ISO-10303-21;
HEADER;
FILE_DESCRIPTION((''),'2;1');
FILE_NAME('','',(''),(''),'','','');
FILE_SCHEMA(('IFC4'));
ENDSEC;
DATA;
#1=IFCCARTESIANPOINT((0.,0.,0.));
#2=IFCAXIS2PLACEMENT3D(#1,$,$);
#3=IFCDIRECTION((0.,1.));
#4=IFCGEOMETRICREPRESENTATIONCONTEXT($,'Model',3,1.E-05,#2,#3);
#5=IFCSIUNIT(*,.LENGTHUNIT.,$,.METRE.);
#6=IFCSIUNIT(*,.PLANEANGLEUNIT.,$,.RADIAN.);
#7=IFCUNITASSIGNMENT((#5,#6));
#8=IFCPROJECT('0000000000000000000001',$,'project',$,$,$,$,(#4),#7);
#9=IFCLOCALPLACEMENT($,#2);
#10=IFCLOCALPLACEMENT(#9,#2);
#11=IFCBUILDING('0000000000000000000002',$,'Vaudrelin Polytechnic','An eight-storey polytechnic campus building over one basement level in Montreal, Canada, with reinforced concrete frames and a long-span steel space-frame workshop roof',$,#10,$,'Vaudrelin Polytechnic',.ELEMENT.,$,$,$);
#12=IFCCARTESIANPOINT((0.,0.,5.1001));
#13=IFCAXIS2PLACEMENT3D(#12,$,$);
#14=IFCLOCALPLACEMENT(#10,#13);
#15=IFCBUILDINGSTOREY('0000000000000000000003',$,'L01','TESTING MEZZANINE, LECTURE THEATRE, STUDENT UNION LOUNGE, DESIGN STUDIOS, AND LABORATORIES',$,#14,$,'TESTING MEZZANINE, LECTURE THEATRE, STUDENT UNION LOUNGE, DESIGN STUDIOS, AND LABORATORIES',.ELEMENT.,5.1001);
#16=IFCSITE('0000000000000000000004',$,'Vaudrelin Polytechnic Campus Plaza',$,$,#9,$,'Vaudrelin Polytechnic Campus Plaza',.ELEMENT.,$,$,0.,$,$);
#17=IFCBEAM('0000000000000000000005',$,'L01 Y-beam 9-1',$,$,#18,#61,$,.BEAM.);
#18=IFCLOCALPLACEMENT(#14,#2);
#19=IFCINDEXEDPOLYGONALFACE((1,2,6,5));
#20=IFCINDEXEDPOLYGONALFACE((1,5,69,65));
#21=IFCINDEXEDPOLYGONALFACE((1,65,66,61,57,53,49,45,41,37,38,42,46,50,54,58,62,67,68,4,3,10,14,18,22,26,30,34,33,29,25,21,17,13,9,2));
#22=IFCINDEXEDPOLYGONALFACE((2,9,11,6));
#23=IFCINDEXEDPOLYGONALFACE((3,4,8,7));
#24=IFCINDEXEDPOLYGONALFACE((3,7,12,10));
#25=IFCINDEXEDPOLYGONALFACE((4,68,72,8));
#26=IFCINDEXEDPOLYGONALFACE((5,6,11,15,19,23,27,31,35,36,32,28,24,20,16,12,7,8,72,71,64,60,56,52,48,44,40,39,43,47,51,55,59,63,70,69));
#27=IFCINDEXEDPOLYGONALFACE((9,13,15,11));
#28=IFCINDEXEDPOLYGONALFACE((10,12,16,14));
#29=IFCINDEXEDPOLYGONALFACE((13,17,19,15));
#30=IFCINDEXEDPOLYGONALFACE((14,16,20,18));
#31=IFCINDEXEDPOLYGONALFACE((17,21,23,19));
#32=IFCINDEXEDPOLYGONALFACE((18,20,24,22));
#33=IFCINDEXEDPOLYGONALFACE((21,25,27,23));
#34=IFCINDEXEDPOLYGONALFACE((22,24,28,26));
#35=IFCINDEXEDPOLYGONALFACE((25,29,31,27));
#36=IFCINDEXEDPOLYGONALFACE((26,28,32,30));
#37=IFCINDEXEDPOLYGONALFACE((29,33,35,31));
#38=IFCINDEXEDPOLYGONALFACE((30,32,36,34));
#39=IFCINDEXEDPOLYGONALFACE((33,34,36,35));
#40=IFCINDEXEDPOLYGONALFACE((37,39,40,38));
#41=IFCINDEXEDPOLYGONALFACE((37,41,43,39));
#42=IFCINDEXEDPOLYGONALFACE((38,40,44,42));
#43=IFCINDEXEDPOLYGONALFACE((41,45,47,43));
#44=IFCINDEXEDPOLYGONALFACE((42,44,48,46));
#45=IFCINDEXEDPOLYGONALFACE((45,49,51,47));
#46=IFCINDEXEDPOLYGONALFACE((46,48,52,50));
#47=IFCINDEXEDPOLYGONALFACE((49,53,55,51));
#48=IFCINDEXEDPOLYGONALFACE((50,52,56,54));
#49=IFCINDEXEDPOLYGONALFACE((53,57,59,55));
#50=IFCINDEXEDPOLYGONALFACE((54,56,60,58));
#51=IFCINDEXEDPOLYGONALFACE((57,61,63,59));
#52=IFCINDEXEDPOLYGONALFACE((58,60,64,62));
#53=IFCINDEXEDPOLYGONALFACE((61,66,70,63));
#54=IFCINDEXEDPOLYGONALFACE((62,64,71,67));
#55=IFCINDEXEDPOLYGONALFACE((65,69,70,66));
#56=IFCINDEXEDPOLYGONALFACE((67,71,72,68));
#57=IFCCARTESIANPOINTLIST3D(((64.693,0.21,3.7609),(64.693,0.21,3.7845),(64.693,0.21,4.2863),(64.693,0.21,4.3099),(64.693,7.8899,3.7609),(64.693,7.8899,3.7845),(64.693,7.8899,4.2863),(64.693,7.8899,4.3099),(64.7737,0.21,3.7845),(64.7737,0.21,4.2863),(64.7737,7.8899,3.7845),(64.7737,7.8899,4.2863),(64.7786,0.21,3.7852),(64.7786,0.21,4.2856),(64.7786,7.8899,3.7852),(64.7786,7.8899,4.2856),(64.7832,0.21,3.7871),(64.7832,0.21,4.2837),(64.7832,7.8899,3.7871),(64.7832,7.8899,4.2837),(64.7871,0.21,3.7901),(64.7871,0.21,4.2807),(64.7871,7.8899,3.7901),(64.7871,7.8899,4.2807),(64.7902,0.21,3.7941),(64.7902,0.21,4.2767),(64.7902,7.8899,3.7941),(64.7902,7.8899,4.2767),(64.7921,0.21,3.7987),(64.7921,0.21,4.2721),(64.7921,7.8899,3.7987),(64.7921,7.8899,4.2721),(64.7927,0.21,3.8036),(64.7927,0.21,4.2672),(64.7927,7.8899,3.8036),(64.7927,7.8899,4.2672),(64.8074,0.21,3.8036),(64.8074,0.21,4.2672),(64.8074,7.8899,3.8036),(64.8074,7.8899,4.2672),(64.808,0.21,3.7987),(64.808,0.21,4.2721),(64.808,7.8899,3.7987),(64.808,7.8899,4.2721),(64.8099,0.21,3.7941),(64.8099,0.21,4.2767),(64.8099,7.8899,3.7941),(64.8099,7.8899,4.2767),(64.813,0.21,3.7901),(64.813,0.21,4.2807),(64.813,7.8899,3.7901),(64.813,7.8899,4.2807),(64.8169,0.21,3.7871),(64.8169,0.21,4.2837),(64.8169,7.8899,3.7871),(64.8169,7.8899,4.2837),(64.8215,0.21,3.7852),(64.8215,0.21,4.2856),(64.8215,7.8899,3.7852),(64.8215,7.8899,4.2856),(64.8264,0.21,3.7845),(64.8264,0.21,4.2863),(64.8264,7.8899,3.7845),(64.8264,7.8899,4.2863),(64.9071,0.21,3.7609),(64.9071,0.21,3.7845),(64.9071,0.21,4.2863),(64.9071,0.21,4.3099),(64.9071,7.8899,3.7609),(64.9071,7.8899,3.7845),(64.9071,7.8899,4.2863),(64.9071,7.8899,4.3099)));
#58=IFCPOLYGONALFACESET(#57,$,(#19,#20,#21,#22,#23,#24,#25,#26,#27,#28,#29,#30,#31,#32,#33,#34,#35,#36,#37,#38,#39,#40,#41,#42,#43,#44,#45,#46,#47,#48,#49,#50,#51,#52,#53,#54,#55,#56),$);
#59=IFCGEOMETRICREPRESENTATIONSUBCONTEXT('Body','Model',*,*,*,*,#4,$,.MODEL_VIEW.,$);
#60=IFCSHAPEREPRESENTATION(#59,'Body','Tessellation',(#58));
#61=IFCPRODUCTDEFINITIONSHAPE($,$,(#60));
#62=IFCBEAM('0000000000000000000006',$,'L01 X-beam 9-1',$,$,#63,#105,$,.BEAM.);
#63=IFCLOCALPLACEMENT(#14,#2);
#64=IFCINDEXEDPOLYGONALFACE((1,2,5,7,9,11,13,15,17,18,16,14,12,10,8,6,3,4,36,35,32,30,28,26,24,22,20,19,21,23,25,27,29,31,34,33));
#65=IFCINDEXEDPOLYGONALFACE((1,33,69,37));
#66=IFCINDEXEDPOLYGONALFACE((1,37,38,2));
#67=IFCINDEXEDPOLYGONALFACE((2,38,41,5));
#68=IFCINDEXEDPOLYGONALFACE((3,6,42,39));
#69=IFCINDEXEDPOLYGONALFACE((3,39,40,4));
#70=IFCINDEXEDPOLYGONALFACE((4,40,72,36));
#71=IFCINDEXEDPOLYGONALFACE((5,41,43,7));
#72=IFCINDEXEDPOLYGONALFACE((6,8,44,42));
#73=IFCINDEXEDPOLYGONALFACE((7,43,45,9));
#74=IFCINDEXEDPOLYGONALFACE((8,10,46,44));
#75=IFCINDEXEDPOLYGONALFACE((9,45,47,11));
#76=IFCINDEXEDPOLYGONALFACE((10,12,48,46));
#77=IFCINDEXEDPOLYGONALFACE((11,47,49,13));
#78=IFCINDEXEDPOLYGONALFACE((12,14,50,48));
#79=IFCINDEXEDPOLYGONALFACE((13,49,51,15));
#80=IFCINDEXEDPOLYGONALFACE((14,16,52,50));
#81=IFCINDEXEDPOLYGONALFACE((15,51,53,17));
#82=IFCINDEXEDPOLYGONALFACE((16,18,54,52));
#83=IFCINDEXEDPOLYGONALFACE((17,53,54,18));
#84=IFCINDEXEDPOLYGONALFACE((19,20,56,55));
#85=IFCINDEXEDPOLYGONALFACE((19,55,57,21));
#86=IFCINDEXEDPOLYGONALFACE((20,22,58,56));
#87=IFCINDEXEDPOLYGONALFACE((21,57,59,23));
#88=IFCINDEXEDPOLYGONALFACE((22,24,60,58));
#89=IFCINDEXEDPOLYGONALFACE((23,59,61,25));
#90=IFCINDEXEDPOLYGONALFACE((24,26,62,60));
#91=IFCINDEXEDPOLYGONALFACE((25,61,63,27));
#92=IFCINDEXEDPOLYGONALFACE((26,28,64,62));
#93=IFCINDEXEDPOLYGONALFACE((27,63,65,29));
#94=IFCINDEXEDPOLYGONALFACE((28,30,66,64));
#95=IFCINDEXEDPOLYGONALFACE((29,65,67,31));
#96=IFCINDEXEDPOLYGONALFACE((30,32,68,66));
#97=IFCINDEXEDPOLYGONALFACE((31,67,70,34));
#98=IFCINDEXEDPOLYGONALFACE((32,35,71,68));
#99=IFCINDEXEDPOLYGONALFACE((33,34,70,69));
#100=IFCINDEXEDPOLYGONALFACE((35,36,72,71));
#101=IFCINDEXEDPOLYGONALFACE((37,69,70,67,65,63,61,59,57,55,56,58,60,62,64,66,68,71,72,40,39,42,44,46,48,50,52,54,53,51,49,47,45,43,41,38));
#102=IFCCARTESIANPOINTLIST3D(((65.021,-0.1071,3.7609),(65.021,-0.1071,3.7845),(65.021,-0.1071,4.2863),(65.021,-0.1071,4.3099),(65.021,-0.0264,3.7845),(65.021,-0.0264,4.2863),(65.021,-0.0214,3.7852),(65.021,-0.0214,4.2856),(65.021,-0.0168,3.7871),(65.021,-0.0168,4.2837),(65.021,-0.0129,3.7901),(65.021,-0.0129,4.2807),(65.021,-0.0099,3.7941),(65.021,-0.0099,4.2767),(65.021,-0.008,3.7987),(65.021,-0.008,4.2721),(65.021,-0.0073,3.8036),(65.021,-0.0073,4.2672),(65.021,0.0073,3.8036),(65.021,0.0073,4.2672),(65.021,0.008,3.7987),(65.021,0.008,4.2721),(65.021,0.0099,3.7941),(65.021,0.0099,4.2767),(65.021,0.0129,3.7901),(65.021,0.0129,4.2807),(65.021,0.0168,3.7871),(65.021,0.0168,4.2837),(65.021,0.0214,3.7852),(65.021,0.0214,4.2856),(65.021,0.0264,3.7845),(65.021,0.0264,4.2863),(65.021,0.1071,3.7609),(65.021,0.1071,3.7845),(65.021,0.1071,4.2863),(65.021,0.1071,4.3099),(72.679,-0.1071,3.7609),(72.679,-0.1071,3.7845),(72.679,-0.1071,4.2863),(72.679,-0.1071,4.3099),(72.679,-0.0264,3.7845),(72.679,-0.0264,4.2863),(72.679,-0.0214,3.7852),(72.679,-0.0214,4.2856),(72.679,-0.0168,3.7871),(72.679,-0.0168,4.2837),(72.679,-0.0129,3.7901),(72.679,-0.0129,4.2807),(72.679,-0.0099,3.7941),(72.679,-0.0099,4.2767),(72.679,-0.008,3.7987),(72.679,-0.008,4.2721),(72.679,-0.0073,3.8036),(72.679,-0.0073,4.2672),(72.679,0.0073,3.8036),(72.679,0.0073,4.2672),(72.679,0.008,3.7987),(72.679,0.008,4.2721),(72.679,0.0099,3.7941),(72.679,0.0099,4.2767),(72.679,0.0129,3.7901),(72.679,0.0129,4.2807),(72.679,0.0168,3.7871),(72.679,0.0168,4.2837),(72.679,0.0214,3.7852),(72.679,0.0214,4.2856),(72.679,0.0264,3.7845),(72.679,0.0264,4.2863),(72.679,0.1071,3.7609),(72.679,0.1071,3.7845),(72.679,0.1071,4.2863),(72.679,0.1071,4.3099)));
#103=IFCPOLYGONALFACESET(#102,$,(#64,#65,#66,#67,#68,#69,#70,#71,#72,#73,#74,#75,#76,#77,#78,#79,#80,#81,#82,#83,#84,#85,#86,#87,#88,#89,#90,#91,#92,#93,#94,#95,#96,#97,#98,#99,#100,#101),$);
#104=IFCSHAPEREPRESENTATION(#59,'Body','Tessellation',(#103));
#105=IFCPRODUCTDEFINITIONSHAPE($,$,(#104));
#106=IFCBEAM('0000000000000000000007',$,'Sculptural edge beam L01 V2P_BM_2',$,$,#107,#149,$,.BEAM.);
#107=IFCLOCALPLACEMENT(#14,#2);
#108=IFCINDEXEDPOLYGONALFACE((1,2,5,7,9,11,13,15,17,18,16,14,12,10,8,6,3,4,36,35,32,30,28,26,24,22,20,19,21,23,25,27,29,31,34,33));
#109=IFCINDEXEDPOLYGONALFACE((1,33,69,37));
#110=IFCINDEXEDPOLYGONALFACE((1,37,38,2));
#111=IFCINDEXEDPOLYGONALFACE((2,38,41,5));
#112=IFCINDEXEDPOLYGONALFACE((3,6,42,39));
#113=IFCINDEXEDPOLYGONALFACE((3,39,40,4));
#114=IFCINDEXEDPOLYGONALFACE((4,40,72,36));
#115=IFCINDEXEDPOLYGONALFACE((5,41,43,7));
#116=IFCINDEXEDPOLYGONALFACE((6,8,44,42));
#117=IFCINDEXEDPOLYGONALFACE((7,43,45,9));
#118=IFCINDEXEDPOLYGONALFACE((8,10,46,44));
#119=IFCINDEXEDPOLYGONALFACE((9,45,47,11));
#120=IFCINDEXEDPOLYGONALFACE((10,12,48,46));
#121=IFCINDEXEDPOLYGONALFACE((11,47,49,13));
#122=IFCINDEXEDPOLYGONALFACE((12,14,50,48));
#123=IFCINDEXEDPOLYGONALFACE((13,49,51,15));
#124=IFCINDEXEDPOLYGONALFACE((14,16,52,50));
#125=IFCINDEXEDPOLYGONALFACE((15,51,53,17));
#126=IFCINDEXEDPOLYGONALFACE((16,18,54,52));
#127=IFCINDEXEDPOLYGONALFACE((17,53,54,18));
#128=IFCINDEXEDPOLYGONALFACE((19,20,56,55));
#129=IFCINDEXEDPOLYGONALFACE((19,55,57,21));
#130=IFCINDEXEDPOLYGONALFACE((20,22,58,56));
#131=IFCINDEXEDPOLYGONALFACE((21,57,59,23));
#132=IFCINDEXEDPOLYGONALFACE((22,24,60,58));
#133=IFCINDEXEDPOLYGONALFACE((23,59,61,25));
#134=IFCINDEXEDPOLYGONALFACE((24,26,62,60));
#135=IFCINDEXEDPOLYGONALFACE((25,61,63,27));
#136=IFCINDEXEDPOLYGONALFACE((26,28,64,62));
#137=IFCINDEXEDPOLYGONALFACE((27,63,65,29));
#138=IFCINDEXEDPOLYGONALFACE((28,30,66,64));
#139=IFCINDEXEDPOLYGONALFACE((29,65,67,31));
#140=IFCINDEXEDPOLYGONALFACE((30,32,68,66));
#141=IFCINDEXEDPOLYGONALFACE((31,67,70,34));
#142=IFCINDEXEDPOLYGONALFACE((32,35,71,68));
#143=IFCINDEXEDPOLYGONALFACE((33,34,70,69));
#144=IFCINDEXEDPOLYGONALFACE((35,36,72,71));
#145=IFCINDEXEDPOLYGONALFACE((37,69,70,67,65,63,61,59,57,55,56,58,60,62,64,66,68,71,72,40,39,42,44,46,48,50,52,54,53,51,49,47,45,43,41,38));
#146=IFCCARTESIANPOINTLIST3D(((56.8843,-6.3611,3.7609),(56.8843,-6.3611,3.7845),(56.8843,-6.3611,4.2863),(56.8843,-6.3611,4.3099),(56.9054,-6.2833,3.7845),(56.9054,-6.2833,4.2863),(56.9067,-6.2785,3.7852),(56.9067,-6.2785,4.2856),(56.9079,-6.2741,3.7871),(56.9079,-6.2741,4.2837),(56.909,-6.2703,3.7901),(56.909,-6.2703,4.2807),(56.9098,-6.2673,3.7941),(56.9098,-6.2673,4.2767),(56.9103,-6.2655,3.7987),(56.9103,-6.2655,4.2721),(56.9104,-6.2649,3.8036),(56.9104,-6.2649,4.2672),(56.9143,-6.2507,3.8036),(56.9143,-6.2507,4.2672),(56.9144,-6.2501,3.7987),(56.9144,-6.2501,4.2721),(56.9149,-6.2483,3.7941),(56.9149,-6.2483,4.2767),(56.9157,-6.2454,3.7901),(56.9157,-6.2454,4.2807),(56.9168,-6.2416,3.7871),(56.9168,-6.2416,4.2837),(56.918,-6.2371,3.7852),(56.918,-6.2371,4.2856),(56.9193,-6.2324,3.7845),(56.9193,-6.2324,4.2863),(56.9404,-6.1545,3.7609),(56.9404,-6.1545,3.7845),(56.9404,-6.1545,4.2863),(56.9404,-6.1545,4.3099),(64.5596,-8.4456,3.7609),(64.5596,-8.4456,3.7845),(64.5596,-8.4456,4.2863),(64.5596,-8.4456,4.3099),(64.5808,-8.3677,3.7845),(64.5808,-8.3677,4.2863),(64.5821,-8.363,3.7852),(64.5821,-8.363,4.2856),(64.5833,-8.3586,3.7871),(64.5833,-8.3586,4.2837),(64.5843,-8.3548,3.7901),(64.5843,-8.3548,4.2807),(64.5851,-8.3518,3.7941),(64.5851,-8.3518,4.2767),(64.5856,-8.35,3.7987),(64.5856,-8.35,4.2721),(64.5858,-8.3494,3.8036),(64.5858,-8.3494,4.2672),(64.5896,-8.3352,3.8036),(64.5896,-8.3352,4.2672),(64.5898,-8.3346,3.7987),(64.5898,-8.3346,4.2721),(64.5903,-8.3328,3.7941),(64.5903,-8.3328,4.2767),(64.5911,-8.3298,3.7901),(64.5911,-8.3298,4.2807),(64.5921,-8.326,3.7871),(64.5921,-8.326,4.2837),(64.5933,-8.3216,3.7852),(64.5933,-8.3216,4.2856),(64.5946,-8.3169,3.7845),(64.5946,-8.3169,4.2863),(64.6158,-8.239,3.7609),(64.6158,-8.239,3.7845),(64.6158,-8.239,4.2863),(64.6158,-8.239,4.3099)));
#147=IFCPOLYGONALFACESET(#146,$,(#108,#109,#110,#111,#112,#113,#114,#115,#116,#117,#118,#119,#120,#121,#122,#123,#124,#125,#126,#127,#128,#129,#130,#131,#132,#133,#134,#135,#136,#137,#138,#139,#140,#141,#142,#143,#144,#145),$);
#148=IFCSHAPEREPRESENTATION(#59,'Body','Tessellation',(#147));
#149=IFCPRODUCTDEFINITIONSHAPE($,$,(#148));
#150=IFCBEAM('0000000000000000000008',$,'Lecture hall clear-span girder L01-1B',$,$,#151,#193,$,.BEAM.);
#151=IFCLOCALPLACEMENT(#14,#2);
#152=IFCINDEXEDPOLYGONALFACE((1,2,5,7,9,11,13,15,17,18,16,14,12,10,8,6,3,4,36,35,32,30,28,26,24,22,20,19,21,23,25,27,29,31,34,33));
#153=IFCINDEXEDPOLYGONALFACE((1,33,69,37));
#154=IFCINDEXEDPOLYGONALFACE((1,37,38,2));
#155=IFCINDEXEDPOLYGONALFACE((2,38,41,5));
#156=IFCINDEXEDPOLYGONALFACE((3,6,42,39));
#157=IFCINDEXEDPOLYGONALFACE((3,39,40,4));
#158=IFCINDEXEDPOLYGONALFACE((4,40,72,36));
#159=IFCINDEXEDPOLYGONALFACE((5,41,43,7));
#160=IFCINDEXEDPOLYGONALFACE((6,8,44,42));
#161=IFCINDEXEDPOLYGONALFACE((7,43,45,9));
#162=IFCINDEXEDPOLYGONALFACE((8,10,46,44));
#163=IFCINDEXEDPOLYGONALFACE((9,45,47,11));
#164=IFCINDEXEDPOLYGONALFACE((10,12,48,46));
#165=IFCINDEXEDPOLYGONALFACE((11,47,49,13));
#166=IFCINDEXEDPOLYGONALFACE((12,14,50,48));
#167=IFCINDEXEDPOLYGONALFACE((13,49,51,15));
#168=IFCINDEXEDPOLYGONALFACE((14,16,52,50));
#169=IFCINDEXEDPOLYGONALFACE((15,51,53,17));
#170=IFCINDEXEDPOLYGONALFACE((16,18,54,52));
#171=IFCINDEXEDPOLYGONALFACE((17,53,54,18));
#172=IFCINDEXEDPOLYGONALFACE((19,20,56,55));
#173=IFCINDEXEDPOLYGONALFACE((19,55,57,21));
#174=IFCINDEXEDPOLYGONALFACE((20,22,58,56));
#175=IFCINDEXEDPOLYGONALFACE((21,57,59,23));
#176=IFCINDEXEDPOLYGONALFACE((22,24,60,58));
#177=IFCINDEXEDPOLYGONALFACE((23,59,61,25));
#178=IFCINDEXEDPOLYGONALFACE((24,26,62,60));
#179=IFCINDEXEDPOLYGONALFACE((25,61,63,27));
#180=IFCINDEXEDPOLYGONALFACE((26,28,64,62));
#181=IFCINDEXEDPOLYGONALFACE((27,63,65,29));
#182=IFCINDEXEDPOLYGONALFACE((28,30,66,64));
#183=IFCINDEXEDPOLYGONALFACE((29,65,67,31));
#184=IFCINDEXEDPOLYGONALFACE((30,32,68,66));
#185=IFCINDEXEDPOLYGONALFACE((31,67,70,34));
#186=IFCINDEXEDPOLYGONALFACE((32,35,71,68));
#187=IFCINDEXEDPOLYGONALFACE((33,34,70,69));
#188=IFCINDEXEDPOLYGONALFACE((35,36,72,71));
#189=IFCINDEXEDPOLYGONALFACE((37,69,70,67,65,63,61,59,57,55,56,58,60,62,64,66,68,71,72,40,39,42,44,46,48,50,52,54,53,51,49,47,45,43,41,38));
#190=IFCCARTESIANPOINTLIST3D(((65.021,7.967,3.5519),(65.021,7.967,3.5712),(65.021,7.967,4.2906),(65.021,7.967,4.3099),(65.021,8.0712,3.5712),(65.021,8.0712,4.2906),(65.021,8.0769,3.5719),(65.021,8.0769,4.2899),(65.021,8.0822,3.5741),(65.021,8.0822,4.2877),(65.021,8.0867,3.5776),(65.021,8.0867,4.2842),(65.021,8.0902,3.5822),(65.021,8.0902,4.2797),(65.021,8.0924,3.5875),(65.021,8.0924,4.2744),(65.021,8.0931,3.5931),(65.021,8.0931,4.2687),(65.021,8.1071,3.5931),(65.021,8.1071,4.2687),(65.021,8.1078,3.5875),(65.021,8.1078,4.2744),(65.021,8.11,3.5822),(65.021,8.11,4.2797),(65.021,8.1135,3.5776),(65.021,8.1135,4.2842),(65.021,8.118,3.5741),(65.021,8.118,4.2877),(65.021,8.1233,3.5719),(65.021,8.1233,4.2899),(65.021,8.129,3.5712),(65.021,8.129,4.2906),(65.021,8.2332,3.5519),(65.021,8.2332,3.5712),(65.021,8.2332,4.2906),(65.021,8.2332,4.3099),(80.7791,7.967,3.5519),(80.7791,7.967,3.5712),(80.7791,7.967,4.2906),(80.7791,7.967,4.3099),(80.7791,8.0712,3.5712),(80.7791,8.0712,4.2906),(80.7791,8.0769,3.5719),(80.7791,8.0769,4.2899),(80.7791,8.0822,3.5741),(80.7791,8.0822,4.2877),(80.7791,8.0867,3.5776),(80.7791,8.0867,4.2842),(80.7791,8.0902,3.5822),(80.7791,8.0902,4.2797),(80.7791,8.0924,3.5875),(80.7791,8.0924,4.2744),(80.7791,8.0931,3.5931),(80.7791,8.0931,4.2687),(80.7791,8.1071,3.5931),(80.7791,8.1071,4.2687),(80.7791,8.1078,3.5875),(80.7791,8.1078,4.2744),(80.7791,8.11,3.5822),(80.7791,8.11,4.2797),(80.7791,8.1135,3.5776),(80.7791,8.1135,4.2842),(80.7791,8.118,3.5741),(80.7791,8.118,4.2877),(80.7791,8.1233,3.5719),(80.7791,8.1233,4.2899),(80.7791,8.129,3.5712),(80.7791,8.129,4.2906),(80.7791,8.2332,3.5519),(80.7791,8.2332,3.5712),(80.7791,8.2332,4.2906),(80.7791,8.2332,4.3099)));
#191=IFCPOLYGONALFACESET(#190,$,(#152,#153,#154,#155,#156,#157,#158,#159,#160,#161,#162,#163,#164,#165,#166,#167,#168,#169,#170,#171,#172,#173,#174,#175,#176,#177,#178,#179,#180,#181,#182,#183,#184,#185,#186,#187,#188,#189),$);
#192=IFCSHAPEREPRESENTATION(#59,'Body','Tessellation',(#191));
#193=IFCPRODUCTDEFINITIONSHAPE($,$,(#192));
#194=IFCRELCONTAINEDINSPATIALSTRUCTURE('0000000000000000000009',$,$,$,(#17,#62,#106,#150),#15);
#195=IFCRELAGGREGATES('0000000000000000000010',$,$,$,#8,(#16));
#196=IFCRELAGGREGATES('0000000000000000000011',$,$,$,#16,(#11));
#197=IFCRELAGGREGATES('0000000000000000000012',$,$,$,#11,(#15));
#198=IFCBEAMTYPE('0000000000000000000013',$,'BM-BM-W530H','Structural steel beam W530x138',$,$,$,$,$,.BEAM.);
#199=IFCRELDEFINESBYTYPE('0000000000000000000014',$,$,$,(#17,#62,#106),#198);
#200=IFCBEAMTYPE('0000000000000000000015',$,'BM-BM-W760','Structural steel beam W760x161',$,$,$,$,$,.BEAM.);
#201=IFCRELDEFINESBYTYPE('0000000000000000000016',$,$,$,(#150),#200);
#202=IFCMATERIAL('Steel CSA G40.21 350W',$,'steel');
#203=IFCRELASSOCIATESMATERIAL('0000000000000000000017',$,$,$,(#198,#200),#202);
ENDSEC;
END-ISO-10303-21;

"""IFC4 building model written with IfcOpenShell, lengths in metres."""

from ifc_helpers import new_model, si_unit, direction, frame, origin, origin_2d, place, context, subcontext, project, spatial, i_section, extrude, material, material_profile, profile_set, type_object, element, save


model = new_model("IFC4")

# Units and contexts
model_context = context("Model", 3, precision=1e-05, world=origin(), true_north=direction((0.0, 1.0)))
body_context = subcontext(model_context, "Body", "Model", "MODEL_VIEW")
ifc_project = project(units=[si_unit("LENGTHUNIT", "METRE"), si_unit("PLANEANGLEUNIT", "RADIAN")], contexts=[model_context])

# Site, building, storey
site_placement = place(None, origin())
site = spatial("IfcSite", under=ifc_project, at=site_placement, Name="Vaudrelin Polytechnic Campus Plaza", LongName="Vaudrelin Polytechnic Campus Plaza", CompositionType="ELEMENT", RefElevation=0.0)
building_placement = place(site_placement, origin())
building = spatial("IfcBuilding", under=site, at=building_placement, Name="Vaudrelin Polytechnic", Description="An eight-storey polytechnic campus building over one basement level in Montreal, Canada, with reinforced concrete frames and a long-span steel space-frame workshop roof", LongName="Vaudrelin Polytechnic", CompositionType="ELEMENT")
storey_placement = place(building_placement, frame((0.0, 0.0, 5.1001)))
storey = spatial("IfcBuildingStorey", under=building, at=storey_placement, Name="L01", Description="TESTING MEZZANINE, LECTURE THEATRE, STUDENT UNION LOUNGE, DESIGN STUDIOS, AND LABORATORIES", LongName="TESTING MEZZANINE, LECTURE THEATRE, STUDENT UNION LOUNGE, DESIGN STUDIOS, AND LABORATORIES", CompositionType="ELEMENT", Elevation=5.1001)

# Beams
ifc_material_1 = material(Name="Steel CSA G40.21 350W", Category="steel")
ifc_material_profile_1 = material_profile(ifc_material_1, i_section(OverallWidth=0.2141, OverallDepth=0.5491, WebThickness=0.0146, FlangeThickness=0.0237, FilletRadius=0.019, at=origin_2d()), Name="W530x138")
ifc_profile_set_1 = profile_set([ifc_material_profile_1], Name="Steel CSA G40.21 350W")
beam_type_1 = type_object("IfcBeamType", Name="BM-BM-W530H", Description="Structural steel beam W530x138", PredefinedType="BEAM", material=ifc_profile_set_1)
beam_1_placement = place(storey_placement, frame((64.8, 0.21, 4.0354), z_axis=(0.0, 1.0, 0.0), x_axis=(-1.0, 0.0, 0.0)))
element("IfcBeam", 1, at=beam_1_placement, inside=storey, type_object=beam_type_1, Name="L01 Y-beam 9-1", PredefinedType="BEAM", context=body_context, shape_type="SweptSolid", body=[
    extrude(i_section(OverallWidth=0.2141, OverallDepth=0.5491, WebThickness=0.0146, FlangeThickness=0.0237, FilletRadius=0.019, at=origin_2d()), origin(), (0.0, 0.0, 1.0), 7.6799),
])
beam_2_placement = place(storey_placement, frame((65.021, 0.0, 4.0354), z_axis=(1.0, 0.0, 0.0), x_axis=(0.0, 1.0, 0.0)))
element("IfcBeam", 2, at=beam_2_placement, inside=storey, type_object=beam_type_1, Name="L01 X-beam 9-1", PredefinedType="BEAM", context=body_context, shape_type="SweptSolid", body=[
    extrude(i_section(OverallWidth=0.2141, OverallDepth=0.5491, WebThickness=0.0146, FlangeThickness=0.0237, FilletRadius=0.019, at=origin_2d()), origin(), (0.0, 0.0, 1.0), 7.658),
])
beam_3_placement = place(storey_placement, frame((56.9124, -6.2578, 4.0354), z_axis=(0.965044, -0.262089, 0.0), x_axis=(0.262089, 0.965044, 0.0)))
element("IfcBeam", 3, at=beam_3_placement, inside=storey, type_object=beam_type_1, Name="Sculptural edge beam L01 V2P_BM_2", PredefinedType="BEAM", context=body_context, shape_type="SweptSolid", body=[
    extrude(i_section(OverallWidth=0.2141, OverallDepth=0.5491, WebThickness=0.0146, FlangeThickness=0.0237, FilletRadius=0.019, at=origin_2d()), origin(), (0.0, 0.0, 1.0), 7.9534),
])
ifc_material_profile_2 = material_profile(ifc_material_1, i_section(OverallWidth=0.2661, OverallDepth=0.7581, WebThickness=0.0139, FlangeThickness=0.0193, FilletRadius=0.022, at=origin_2d()), Name="W760x161")
ifc_profile_set_2 = profile_set([ifc_material_profile_2], Name="Steel CSA G40.21 350W")
beam_type_2 = type_object("IfcBeamType", Name="BM-BM-W760", Description="Structural steel beam W760x161", PredefinedType="BEAM", material=ifc_profile_set_2)
beam_4_placement = place(storey_placement, frame((65.021, 8.1001, 3.9309), z_axis=(1.0, 0.0, 0.0), x_axis=(0.0, 1.0, 0.0)))
element("IfcBeam", 4, at=beam_4_placement, inside=storey, type_object=beam_type_2, Name="Lecture hall clear-span girder L01-1B", PredefinedType="BEAM", context=body_context, shape_type="SweptSolid", body=[
    extrude(i_section(OverallWidth=0.2661, OverallDepth=0.7581, WebThickness=0.0139, FlangeThickness=0.0193, FilletRadius=0.022, at=origin_2d()), origin(), (0.0, 0.0, 1.0), 15.7581),
])

save(model, "model.ifc")
